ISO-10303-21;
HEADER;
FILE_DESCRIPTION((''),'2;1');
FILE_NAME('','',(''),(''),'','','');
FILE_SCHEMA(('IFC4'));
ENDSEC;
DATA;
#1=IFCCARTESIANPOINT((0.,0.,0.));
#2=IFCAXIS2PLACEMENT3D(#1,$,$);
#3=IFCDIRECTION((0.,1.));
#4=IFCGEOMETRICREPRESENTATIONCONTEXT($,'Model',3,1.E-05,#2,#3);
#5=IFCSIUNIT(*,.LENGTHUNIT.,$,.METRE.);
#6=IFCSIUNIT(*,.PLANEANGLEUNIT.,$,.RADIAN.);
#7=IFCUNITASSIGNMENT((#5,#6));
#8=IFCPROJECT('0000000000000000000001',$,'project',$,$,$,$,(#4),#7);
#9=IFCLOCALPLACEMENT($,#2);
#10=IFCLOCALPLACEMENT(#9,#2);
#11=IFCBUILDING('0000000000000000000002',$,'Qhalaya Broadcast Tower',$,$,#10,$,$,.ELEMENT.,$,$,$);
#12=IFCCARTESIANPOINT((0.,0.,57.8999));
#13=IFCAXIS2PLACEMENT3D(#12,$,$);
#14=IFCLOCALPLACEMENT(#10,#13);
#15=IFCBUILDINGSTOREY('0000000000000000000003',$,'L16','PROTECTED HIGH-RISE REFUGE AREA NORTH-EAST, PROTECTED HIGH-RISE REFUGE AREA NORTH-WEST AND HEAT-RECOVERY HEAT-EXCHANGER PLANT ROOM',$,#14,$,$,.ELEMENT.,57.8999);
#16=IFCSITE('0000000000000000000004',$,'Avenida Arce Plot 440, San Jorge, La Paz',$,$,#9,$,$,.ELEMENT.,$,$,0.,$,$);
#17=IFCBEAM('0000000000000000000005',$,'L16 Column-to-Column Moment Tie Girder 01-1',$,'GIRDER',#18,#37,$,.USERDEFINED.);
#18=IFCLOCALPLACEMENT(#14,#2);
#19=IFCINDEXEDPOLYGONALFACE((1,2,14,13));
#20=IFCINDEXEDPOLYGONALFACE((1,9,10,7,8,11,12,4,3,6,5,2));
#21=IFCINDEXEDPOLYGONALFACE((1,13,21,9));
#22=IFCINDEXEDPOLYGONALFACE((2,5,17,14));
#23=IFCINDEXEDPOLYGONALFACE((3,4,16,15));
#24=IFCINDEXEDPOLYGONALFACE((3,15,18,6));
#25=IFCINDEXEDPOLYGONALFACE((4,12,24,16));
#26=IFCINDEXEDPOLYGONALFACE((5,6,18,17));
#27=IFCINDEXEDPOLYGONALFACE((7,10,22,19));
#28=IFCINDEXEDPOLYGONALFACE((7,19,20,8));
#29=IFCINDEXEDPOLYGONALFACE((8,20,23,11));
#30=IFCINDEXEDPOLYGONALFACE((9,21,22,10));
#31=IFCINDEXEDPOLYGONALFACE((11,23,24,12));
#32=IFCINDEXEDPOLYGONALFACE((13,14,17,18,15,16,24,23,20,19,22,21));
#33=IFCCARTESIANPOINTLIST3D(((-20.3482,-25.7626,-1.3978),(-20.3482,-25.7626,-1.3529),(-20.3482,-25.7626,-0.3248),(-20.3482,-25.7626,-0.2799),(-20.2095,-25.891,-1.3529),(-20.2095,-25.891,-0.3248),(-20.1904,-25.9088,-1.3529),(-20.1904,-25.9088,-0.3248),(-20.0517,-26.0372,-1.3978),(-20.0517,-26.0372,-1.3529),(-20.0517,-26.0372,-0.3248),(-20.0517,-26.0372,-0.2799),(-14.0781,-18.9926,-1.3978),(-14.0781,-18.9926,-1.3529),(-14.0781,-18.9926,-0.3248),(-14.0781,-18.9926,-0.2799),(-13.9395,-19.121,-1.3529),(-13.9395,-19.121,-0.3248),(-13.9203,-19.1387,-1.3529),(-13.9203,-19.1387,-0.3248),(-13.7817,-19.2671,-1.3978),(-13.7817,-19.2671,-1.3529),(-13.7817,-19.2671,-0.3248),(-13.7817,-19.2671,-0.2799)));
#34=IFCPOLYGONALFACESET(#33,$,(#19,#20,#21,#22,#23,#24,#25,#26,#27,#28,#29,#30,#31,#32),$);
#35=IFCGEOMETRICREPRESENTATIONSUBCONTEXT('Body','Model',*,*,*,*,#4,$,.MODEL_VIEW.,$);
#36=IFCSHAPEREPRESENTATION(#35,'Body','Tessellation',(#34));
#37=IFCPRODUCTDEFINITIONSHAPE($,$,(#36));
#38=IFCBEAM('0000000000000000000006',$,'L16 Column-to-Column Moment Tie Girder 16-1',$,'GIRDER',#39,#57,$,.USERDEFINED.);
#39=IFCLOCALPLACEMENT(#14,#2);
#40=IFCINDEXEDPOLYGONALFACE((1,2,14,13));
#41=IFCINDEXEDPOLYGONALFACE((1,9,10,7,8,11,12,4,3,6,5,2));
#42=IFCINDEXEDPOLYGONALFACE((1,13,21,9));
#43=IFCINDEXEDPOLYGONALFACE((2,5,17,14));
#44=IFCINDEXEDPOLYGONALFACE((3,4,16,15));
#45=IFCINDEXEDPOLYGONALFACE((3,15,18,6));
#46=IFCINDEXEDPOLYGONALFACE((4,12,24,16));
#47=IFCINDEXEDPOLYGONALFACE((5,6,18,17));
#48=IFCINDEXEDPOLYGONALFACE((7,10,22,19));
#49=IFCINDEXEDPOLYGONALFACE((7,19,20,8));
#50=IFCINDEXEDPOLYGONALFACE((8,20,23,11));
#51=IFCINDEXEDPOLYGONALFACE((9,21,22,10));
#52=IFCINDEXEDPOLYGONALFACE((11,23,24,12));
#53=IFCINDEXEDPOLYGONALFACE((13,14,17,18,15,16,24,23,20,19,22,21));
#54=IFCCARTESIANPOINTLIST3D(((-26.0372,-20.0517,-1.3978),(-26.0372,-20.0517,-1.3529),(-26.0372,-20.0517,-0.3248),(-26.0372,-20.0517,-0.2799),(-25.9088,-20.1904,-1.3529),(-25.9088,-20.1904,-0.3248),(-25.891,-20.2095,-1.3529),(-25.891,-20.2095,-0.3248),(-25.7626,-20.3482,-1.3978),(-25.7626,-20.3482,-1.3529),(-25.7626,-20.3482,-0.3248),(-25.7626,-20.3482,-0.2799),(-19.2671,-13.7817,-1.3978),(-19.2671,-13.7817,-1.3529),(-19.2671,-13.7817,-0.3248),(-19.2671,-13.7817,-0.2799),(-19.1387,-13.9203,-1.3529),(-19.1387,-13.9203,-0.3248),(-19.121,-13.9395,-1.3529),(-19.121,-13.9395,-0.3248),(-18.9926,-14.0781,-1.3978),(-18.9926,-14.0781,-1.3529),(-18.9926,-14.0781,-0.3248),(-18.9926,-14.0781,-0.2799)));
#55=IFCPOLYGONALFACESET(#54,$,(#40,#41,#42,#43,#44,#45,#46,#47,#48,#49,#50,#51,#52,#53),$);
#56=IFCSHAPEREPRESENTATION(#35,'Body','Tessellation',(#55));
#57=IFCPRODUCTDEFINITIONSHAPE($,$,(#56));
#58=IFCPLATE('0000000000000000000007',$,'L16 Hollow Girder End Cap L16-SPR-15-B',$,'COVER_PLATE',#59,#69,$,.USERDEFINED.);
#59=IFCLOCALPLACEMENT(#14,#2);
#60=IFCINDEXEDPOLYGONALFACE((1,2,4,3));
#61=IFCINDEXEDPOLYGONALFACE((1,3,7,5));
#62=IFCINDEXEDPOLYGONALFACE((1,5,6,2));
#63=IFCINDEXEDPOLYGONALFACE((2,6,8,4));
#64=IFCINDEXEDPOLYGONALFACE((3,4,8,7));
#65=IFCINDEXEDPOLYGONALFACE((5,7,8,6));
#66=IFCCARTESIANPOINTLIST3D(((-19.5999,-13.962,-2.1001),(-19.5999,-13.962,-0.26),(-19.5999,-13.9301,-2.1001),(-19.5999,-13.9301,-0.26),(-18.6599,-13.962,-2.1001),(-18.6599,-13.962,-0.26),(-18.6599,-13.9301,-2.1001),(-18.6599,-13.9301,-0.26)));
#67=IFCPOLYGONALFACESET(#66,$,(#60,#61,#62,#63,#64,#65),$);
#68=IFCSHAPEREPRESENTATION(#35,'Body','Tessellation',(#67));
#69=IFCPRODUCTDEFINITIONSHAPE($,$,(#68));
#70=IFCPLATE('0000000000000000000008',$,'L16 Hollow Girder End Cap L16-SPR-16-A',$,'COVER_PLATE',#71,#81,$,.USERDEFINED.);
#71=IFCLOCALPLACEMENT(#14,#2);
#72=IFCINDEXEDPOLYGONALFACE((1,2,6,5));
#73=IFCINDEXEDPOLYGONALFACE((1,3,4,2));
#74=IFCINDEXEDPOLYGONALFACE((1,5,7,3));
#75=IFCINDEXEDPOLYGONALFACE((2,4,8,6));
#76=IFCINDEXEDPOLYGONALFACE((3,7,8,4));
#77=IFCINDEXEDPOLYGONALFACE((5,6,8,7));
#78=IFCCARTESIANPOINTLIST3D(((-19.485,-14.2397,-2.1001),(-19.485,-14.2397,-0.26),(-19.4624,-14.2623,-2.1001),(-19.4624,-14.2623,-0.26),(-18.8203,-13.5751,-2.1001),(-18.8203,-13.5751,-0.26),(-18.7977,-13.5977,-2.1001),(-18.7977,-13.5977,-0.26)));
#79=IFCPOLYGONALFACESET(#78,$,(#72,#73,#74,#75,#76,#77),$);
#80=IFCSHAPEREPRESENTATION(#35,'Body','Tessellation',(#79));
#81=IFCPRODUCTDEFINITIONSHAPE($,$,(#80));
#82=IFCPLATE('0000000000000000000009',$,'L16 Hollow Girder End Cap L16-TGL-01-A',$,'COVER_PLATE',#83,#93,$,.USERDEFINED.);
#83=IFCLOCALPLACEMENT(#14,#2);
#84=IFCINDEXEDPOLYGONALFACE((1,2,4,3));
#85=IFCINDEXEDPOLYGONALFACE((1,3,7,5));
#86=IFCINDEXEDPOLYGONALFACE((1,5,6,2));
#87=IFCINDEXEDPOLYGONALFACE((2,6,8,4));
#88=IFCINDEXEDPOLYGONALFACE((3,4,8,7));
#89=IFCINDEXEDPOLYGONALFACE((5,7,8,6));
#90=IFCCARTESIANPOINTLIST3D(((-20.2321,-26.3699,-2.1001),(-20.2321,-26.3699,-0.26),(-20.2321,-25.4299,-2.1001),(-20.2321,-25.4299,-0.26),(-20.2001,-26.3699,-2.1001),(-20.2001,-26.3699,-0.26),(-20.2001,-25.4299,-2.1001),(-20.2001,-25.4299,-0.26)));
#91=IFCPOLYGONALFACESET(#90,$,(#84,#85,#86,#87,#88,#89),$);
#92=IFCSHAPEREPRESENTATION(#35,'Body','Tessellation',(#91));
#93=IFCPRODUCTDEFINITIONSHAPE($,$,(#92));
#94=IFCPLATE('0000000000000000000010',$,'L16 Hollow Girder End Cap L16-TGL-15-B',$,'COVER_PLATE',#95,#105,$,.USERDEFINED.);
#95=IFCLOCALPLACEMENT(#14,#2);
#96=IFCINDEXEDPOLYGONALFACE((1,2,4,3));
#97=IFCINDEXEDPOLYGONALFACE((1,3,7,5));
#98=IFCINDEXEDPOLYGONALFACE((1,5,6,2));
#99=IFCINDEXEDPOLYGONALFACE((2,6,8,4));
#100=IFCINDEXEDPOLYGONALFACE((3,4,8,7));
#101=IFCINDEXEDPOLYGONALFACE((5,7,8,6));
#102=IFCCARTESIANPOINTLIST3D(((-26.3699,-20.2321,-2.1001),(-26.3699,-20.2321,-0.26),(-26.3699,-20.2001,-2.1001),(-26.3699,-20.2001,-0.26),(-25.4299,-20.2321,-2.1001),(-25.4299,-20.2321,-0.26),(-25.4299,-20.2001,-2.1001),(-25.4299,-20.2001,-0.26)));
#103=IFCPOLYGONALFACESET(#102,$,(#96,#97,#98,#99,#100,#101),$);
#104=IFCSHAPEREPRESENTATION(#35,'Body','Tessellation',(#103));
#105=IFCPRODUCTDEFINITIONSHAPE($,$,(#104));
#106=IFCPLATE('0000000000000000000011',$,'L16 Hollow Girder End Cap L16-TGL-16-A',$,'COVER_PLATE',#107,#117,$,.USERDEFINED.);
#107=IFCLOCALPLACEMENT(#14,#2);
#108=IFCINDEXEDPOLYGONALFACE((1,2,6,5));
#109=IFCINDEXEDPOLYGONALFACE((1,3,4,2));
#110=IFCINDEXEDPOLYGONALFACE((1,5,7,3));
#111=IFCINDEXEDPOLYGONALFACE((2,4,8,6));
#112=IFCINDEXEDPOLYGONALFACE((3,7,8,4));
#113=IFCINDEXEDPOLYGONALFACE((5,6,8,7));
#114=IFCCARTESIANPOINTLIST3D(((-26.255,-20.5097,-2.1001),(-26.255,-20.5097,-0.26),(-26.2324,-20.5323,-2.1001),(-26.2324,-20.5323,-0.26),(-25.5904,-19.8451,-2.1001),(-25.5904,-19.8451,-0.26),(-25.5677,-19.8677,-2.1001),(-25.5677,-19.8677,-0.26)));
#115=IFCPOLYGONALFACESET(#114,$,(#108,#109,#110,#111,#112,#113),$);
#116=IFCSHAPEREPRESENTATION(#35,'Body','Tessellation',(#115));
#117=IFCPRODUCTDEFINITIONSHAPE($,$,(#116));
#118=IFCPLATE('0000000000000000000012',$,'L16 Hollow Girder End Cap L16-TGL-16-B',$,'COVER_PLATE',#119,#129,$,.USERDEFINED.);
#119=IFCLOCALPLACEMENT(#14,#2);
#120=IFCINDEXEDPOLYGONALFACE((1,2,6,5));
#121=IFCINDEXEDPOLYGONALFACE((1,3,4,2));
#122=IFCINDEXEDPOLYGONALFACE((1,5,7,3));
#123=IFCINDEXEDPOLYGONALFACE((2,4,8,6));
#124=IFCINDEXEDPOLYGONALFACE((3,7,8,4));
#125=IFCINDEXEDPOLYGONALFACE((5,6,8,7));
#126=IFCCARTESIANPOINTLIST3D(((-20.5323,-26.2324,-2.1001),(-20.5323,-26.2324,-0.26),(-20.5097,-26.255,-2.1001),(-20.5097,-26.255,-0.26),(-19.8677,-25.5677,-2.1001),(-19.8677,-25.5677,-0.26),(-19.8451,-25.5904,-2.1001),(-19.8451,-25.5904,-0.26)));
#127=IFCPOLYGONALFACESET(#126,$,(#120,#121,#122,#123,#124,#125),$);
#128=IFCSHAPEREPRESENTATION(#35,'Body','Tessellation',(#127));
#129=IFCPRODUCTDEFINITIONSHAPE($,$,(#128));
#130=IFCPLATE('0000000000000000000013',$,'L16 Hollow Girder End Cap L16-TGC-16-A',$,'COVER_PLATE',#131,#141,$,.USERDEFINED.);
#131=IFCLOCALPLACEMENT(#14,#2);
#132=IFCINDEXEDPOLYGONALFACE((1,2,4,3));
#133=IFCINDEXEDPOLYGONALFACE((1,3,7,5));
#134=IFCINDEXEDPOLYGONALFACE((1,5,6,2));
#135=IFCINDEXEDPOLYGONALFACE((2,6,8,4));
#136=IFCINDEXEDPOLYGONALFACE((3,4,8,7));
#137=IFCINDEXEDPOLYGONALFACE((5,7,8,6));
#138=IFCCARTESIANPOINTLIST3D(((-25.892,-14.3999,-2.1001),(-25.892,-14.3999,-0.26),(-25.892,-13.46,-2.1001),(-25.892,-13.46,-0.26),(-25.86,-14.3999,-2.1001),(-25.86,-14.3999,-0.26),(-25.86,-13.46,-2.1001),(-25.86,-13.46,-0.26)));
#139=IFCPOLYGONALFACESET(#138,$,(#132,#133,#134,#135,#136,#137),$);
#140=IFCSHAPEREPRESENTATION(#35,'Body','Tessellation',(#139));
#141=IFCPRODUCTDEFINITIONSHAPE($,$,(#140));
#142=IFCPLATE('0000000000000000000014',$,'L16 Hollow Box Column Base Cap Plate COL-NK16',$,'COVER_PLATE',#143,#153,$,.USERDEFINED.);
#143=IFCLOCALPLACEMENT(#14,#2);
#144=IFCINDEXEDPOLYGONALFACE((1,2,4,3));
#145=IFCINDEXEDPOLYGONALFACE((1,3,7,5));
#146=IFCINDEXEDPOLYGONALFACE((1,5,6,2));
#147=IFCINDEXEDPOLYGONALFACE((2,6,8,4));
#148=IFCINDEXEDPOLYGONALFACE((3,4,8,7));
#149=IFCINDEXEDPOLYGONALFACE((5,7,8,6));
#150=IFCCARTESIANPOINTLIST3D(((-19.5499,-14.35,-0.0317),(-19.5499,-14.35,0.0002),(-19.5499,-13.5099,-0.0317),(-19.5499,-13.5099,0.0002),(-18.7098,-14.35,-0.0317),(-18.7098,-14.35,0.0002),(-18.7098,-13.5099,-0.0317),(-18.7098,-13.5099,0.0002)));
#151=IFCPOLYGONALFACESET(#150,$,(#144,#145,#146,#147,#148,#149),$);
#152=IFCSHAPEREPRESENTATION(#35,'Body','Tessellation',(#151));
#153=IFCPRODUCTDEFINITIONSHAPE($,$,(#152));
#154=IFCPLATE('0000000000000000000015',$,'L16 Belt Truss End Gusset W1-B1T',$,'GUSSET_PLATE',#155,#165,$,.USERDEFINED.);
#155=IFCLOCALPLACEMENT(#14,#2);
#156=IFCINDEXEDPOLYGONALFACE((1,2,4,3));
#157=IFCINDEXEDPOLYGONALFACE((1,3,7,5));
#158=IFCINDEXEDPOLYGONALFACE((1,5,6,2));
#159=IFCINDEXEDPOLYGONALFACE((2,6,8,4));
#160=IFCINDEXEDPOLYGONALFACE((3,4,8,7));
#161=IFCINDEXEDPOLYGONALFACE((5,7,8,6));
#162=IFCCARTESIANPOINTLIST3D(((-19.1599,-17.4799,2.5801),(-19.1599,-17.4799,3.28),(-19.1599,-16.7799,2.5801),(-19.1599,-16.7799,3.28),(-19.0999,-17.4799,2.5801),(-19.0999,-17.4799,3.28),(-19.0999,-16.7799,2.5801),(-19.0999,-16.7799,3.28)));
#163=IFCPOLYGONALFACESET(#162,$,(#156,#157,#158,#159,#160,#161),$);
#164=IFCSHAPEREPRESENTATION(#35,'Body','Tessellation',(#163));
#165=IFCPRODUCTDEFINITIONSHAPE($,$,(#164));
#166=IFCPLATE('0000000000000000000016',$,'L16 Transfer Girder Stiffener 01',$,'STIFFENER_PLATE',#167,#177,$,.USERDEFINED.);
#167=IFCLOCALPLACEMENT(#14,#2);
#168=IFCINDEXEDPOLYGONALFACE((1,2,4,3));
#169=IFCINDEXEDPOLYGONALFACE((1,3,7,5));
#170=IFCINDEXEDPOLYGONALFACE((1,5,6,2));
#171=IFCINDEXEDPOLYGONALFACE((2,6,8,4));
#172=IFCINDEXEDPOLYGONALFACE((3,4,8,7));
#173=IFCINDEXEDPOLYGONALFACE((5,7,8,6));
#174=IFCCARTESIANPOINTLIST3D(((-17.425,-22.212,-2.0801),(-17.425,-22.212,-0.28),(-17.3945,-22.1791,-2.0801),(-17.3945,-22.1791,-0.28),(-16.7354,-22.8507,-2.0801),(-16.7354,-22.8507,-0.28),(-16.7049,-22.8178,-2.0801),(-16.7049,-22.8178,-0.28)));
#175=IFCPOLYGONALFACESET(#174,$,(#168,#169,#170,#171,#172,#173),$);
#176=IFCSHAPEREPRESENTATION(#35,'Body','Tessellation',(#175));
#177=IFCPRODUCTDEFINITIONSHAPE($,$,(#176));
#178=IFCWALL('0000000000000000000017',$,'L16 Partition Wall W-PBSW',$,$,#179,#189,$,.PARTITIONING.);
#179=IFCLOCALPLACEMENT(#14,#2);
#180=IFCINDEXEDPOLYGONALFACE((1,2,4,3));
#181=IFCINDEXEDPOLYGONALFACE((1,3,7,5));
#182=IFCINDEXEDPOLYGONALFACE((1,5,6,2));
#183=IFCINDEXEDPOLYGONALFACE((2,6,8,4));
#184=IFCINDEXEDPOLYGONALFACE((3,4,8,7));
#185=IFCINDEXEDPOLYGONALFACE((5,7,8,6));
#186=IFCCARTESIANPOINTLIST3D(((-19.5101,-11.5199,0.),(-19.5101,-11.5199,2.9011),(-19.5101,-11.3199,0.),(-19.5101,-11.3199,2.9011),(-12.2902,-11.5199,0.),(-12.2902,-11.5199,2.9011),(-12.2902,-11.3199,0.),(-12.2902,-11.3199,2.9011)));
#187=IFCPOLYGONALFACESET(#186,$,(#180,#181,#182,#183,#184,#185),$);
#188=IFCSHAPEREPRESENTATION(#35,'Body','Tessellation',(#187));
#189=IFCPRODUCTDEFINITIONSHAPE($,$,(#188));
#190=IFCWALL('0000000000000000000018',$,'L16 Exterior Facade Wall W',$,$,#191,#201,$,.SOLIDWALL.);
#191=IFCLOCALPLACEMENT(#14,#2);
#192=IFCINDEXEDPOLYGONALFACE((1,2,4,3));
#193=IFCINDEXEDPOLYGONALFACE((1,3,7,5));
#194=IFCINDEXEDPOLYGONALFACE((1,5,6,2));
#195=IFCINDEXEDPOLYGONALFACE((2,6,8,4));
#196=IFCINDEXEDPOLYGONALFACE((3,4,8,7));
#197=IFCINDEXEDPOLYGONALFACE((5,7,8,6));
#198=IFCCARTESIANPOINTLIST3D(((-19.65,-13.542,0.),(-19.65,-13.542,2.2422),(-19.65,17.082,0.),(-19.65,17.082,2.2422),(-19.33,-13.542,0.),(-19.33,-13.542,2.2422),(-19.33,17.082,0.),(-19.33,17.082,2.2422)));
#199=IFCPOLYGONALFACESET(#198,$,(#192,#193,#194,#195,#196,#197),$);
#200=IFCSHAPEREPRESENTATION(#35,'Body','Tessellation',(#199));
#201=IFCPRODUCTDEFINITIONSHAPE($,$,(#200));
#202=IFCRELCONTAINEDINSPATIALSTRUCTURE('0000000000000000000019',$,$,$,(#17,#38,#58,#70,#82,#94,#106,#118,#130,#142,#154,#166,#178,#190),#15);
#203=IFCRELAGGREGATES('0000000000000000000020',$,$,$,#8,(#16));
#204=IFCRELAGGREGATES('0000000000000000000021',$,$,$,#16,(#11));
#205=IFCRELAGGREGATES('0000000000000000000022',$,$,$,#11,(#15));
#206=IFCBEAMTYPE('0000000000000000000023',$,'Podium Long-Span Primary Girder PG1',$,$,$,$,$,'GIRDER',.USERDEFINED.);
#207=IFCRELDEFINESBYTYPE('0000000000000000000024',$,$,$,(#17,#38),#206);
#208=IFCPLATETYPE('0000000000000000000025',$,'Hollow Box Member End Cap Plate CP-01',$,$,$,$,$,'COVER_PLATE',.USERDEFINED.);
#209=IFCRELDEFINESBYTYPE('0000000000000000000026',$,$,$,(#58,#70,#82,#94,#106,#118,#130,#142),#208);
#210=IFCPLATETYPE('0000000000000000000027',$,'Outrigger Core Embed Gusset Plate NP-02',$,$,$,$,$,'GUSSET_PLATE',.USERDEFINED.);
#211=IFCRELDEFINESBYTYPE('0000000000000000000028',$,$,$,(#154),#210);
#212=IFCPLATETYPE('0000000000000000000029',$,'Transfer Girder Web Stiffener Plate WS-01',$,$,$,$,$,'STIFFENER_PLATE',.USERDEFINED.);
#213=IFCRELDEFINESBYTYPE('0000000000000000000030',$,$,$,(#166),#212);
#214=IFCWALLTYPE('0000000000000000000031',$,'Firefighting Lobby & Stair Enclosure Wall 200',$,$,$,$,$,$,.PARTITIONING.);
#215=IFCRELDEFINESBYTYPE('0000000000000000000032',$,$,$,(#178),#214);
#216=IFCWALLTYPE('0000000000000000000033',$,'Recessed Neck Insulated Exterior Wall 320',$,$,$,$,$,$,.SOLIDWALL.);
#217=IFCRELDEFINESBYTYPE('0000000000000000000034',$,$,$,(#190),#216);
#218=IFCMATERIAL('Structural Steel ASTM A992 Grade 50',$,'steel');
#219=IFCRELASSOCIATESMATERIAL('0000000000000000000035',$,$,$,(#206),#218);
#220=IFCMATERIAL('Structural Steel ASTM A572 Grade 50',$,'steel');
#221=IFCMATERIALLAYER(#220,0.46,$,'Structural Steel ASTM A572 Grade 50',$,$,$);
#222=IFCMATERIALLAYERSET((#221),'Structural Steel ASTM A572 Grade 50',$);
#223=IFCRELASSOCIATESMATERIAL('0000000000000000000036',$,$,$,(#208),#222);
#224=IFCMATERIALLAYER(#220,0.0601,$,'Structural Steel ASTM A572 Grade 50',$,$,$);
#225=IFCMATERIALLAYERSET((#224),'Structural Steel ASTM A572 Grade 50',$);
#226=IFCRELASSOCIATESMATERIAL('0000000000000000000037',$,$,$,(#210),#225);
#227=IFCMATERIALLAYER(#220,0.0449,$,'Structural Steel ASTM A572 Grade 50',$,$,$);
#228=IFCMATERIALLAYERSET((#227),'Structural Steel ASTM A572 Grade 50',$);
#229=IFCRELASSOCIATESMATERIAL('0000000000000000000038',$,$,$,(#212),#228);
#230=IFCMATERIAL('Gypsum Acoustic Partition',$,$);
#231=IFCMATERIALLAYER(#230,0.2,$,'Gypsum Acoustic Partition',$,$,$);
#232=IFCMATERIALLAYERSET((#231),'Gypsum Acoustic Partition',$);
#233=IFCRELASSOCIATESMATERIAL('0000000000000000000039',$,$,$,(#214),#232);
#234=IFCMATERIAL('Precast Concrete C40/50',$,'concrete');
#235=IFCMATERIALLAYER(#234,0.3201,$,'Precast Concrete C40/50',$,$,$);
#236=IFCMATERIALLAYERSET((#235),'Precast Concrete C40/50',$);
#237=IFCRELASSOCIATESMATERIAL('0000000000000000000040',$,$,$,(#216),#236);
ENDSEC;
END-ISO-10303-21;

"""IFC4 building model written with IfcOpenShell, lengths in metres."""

from ifc_helpers import new_model, si_unit, direction, frame, frame_2d, origin, origin_2d, place, context, subcontext, project, spatial, rectangle, i_section, extrude, material, layer, layer_set, material_profile, profile_set, type_object, element, save


model = new_model("IFC4")

# Units and contexts
model_context = context("Model", 3, precision=1e-05, world=origin(), true_north=direction((0.0, 1.0)))
body_context = subcontext(model_context, "Body", "Model", "MODEL_VIEW")
ifc_project = project(units=[si_unit("LENGTHUNIT", "METRE"), si_unit("PLANEANGLEUNIT", "RADIAN")], contexts=[model_context])

# Site, building, storey
site_placement = place(None, origin())
site = spatial("IfcSite", under=ifc_project, at=site_placement, Name="Avenida Arce Plot 440, San Jorge, La Paz", CompositionType="ELEMENT", RefElevation=0.0)
building_placement = place(site_placement, origin())
building = spatial("IfcBuilding", under=site, at=building_placement, Name="Qhalaya Broadcast Tower", CompositionType="ELEMENT")
storey_placement = place(building_placement, frame((0.0, 0.0, 57.8999)))
storey = spatial("IfcBuildingStorey", under=building, at=storey_placement, Name="L16", Description="PROTECTED HIGH-RISE REFUGE AREA NORTH-EAST, PROTECTED HIGH-RISE REFUGE AREA NORTH-WEST AND HEAT-RECOVERY HEAT-EXCHANGER PLANT ROOM", CompositionType="ELEMENT", Elevation=57.8999)

# Shared definitions
ifc_material_1 = material(Name="Structural Steel ASTM A572 Grade 50", Category="steel")

# Beams
ifc_material_2 = material(Name="Structural Steel ASTM A992 Grade 50", Category="steel")
ifc_material_profile_1 = material_profile(ifc_material_2, i_section(OverallWidth=0.4041, OverallDepth=1.1179, WebThickness=0.0261, FlangeThickness=0.0449, at=origin_2d()), Name="W44X335")
ifc_profile_set_1 = profile_set([ifc_material_profile_1], Name="Structural Steel ASTM A992 Grade 50")
beam_type_1 = type_object("IfcBeamType", Name="Podium Long-Span Primary Girder PG1", ElementType="GIRDER", PredefinedType="USERDEFINED", material=ifc_profile_set_1)
for number, where, z_axis, x_axis, name in (
    (1, (-20.2, -25.8999, -0.8389), (0.679495, 0.733681, 0.0), (-0.733681, 0.679495, 0.0), "L16 Column-to-Column Moment Tie Girder 01-1"),
    (2, (-25.8999, -20.2, -0.8389), (0.733681, 0.679495, 0.0), (-0.679495, 0.733681, 0.0), "L16 Column-to-Column Moment Tie Girder 16-1"),
):
    element("IfcBeam", number, at=place(storey_placement, frame(where, z_axis=z_axis, x_axis=x_axis)), inside=storey, type_object=beam_type_1, Name=name, ObjectType="GIRDER", PredefinedType="USERDEFINED", context=body_context, shape_type="SweptSolid", body=[
        extrude(i_section(OverallWidth=0.4041, OverallDepth=1.1179, WebThickness=0.0261, FlangeThickness=0.0449, at=origin_2d()), origin(), (0.0, 0.0, 1.0), 9.2275),
    ])

# Plates
ifc_layer_1 = layer(ifc_material_1, 0.46, Name="Structural Steel ASTM A572 Grade 50")
ifc_layer_set_1 = layer_set([ifc_layer_1], Name="Structural Steel ASTM A572 Grade 50")
plate_type_1 = type_object("IfcPlateType", Name="Hollow Box Member End Cap Plate CP-01", ElementType="COVER_PLATE", PredefinedType="USERDEFINED", material=ifc_layer_set_1)
for number, where, z_axis, x_axis, name in (
    (3, (-19.1299, -13.946, -2.1001), (0.0, 0.0, 1.0), (1.0, 0.0, 0.0), "L16 Hollow Girder End Cap L16-SPR-15-B"),
    (4, (-19.1414, -13.9187, -2.1001), (0.0, 0.0, 1.0), (0.707107, 0.707107, 0.0), "L16 Hollow Girder End Cap L16-SPR-16-A"),
    (5, (-20.2161, -25.8999, -2.1001), (0.0, 0.0, 1.0), (0.0, 1.0, 0.0), "L16 Hollow Girder End Cap L16-TGL-01-A"),
    (6, (-25.8999, -20.2161, -2.1001), (0.0, 0.0, 1.0), (1.0, 0.0, 0.0), "L16 Hollow Girder End Cap L16-TGL-15-B"),
    (7, (-25.9114, -20.1887, -2.1001), (0.0, 0.0, 1.0), (0.707107, 0.707107, 0.0), "L16 Hollow Girder End Cap L16-TGL-16-A"),
    (8, (-20.1887, -25.9114, -2.1001), (0.0, 0.0, 1.0), (0.707107, 0.707107, 0.0), "L16 Hollow Girder End Cap L16-TGL-16-B"),
    (9, (-25.876, -13.9299, -2.1001), (0.0, 0.0, 1.0), (0.0, 1.0, 0.0), "L16 Hollow Girder End Cap L16-TGC-16-A"),
):
    element("IfcPlate", number, at=place(storey_placement, frame(where, z_axis=z_axis, x_axis=x_axis)), inside=storey, type_object=plate_type_1, Name=name, ObjectType="COVER_PLATE", PredefinedType="USERDEFINED", context=body_context, shape_type="SweptSolid", body=[
        extrude(rectangle(XDim=0.9399, YDim=0.032, at=origin_2d()), origin(), (0.0, 0.0, 1.0), 1.8401),
    ])
plate_1_placement = place(storey_placement, frame((-19.1299, -13.9299, -0.0317), z_axis=(0.0, 0.0, 1.0), x_axis=(0.0, 1.0, 0.0)))
element("IfcPlate", 10, at=plate_1_placement, inside=storey, type_object=plate_type_1, Name="L16 Hollow Box Column Base Cap Plate COL-NK16", ObjectType="COVER_PLATE", PredefinedType="USERDEFINED", context=body_context, shape_type="SweptSolid", body=[
    extrude(rectangle(XDim=0.8401, YDim=0.8401, at=origin_2d()), origin(), (0.0, 0.0, 1.0), 0.032),
])
ifc_layer_2 = layer(ifc_material_1, 0.0601, Name="Structural Steel ASTM A572 Grade 50")
ifc_layer_set_2 = layer_set([ifc_layer_2], Name="Structural Steel ASTM A572 Grade 50")
plate_type_2 = type_object("IfcPlateType", Name="Outrigger Core Embed Gusset Plate NP-02", ElementType="GUSSET_PLATE", PredefinedType="USERDEFINED", material=ifc_layer_set_2)
plate_2_placement = place(storey_placement, frame((-19.1299, -17.1299, 2.5801), z_axis=(0.0, 0.0, 1.0), x_axis=(0.0, 1.0, 0.0)))
element("IfcPlate", 11, at=plate_2_placement, inside=storey, type_object=plate_type_2, Name="L16 Belt Truss End Gusset W1-B1T", ObjectType="GUSSET_PLATE", PredefinedType="USERDEFINED", context=body_context, shape_type="SweptSolid", body=[
    extrude(rectangle(XDim=0.7, YDim=0.0601, at=origin_2d()), origin(), (0.0, 0.0, 1.0), 0.7),
])
ifc_layer_3 = layer(ifc_material_1, 0.0449, Name="Structural Steel ASTM A572 Grade 50")
ifc_layer_set_3 = layer_set([ifc_layer_3], Name="Structural Steel ASTM A572 Grade 50")
plate_type_3 = type_object("IfcPlateType", Name="Transfer Girder Web Stiffener Plate WS-01", ElementType="STIFFENER_PLATE", PredefinedType="USERDEFINED", material=ifc_layer_set_3)
plate_3_placement = place(storey_placement, frame((-17.0649, -22.5149, -2.0801), z_axis=(0.0, 0.0, 1.0), x_axis=(-0.733682, 0.679493, 0.0)))
element("IfcPlate", 12, at=plate_3_placement, inside=storey, type_object=plate_type_3, Name="L16 Transfer Girder Stiffener 01", ObjectType="STIFFENER_PLATE", PredefinedType="USERDEFINED", context=body_context, shape_type="SweptSolid", body=[
    extrude(rectangle(XDim=0.9399, YDim=0.0449, at=origin_2d()), origin(), (0.0, 0.0, 1.0), 1.8),
])

# Walls
ifc_material_3 = material(Name="Gypsum Acoustic Partition")
ifc_layer_4 = layer(ifc_material_3, 0.2, Name="Gypsum Acoustic Partition")
ifc_layer_set_4 = layer_set([ifc_layer_4], Name="Gypsum Acoustic Partition")
wall_type_1 = type_object("IfcWallType", Name="Firefighting Lobby & Stair Enclosure Wall 200", PredefinedType="PARTITIONING", material=ifc_layer_set_4)
wall_1_placement = place(storey_placement, frame((-19.51, -11.4199, 0.0), z_axis=(0.0, 0.0, 1.0), x_axis=(1.0, 0.0, 0.0)))
element("IfcWall", 13, at=wall_1_placement, inside=storey, type_object=wall_type_1, Name="L16 Partition Wall W-PBSW", PredefinedType="PARTITIONING", context=body_context, shape_type="SweptSolid", body=[
    extrude(rectangle(XDim=7.22, YDim=0.2, at=frame_2d((3.6099, 0.0))), origin(), (0.0, 0.0, 1.0), 2.9011),
])
ifc_material_4 = material(Name="Precast Concrete C40/50", Category="concrete")
ifc_layer_5 = layer(ifc_material_4, 0.3201, Name="Precast Concrete C40/50")
ifc_layer_set_5 = layer_set([ifc_layer_5], Name="Precast Concrete C40/50")
wall_type_2 = type_object("IfcWallType", Name="Recessed Neck Insulated Exterior Wall 320", PredefinedType="SOLIDWALL", material=ifc_layer_set_5)
wall_2_placement = place(storey_placement, frame((-19.49, -13.542, 0.0), z_axis=(0.0, 0.0, 1.0), x_axis=(0.0, 1.0, 0.0)))
element("IfcWall", 14, at=wall_2_placement, inside=storey, type_object=wall_type_2, Name="L16 Exterior Facade Wall W", PredefinedType="SOLIDWALL", context=body_context, shape_type="SweptSolid", body=[
    extrude(rectangle(XDim=30.624, YDim=0.3201, at=frame_2d((15.312, 0.0))), origin(), (0.0, 0.0, 1.0), 2.2422),
])

save(model, "model.ifc")
